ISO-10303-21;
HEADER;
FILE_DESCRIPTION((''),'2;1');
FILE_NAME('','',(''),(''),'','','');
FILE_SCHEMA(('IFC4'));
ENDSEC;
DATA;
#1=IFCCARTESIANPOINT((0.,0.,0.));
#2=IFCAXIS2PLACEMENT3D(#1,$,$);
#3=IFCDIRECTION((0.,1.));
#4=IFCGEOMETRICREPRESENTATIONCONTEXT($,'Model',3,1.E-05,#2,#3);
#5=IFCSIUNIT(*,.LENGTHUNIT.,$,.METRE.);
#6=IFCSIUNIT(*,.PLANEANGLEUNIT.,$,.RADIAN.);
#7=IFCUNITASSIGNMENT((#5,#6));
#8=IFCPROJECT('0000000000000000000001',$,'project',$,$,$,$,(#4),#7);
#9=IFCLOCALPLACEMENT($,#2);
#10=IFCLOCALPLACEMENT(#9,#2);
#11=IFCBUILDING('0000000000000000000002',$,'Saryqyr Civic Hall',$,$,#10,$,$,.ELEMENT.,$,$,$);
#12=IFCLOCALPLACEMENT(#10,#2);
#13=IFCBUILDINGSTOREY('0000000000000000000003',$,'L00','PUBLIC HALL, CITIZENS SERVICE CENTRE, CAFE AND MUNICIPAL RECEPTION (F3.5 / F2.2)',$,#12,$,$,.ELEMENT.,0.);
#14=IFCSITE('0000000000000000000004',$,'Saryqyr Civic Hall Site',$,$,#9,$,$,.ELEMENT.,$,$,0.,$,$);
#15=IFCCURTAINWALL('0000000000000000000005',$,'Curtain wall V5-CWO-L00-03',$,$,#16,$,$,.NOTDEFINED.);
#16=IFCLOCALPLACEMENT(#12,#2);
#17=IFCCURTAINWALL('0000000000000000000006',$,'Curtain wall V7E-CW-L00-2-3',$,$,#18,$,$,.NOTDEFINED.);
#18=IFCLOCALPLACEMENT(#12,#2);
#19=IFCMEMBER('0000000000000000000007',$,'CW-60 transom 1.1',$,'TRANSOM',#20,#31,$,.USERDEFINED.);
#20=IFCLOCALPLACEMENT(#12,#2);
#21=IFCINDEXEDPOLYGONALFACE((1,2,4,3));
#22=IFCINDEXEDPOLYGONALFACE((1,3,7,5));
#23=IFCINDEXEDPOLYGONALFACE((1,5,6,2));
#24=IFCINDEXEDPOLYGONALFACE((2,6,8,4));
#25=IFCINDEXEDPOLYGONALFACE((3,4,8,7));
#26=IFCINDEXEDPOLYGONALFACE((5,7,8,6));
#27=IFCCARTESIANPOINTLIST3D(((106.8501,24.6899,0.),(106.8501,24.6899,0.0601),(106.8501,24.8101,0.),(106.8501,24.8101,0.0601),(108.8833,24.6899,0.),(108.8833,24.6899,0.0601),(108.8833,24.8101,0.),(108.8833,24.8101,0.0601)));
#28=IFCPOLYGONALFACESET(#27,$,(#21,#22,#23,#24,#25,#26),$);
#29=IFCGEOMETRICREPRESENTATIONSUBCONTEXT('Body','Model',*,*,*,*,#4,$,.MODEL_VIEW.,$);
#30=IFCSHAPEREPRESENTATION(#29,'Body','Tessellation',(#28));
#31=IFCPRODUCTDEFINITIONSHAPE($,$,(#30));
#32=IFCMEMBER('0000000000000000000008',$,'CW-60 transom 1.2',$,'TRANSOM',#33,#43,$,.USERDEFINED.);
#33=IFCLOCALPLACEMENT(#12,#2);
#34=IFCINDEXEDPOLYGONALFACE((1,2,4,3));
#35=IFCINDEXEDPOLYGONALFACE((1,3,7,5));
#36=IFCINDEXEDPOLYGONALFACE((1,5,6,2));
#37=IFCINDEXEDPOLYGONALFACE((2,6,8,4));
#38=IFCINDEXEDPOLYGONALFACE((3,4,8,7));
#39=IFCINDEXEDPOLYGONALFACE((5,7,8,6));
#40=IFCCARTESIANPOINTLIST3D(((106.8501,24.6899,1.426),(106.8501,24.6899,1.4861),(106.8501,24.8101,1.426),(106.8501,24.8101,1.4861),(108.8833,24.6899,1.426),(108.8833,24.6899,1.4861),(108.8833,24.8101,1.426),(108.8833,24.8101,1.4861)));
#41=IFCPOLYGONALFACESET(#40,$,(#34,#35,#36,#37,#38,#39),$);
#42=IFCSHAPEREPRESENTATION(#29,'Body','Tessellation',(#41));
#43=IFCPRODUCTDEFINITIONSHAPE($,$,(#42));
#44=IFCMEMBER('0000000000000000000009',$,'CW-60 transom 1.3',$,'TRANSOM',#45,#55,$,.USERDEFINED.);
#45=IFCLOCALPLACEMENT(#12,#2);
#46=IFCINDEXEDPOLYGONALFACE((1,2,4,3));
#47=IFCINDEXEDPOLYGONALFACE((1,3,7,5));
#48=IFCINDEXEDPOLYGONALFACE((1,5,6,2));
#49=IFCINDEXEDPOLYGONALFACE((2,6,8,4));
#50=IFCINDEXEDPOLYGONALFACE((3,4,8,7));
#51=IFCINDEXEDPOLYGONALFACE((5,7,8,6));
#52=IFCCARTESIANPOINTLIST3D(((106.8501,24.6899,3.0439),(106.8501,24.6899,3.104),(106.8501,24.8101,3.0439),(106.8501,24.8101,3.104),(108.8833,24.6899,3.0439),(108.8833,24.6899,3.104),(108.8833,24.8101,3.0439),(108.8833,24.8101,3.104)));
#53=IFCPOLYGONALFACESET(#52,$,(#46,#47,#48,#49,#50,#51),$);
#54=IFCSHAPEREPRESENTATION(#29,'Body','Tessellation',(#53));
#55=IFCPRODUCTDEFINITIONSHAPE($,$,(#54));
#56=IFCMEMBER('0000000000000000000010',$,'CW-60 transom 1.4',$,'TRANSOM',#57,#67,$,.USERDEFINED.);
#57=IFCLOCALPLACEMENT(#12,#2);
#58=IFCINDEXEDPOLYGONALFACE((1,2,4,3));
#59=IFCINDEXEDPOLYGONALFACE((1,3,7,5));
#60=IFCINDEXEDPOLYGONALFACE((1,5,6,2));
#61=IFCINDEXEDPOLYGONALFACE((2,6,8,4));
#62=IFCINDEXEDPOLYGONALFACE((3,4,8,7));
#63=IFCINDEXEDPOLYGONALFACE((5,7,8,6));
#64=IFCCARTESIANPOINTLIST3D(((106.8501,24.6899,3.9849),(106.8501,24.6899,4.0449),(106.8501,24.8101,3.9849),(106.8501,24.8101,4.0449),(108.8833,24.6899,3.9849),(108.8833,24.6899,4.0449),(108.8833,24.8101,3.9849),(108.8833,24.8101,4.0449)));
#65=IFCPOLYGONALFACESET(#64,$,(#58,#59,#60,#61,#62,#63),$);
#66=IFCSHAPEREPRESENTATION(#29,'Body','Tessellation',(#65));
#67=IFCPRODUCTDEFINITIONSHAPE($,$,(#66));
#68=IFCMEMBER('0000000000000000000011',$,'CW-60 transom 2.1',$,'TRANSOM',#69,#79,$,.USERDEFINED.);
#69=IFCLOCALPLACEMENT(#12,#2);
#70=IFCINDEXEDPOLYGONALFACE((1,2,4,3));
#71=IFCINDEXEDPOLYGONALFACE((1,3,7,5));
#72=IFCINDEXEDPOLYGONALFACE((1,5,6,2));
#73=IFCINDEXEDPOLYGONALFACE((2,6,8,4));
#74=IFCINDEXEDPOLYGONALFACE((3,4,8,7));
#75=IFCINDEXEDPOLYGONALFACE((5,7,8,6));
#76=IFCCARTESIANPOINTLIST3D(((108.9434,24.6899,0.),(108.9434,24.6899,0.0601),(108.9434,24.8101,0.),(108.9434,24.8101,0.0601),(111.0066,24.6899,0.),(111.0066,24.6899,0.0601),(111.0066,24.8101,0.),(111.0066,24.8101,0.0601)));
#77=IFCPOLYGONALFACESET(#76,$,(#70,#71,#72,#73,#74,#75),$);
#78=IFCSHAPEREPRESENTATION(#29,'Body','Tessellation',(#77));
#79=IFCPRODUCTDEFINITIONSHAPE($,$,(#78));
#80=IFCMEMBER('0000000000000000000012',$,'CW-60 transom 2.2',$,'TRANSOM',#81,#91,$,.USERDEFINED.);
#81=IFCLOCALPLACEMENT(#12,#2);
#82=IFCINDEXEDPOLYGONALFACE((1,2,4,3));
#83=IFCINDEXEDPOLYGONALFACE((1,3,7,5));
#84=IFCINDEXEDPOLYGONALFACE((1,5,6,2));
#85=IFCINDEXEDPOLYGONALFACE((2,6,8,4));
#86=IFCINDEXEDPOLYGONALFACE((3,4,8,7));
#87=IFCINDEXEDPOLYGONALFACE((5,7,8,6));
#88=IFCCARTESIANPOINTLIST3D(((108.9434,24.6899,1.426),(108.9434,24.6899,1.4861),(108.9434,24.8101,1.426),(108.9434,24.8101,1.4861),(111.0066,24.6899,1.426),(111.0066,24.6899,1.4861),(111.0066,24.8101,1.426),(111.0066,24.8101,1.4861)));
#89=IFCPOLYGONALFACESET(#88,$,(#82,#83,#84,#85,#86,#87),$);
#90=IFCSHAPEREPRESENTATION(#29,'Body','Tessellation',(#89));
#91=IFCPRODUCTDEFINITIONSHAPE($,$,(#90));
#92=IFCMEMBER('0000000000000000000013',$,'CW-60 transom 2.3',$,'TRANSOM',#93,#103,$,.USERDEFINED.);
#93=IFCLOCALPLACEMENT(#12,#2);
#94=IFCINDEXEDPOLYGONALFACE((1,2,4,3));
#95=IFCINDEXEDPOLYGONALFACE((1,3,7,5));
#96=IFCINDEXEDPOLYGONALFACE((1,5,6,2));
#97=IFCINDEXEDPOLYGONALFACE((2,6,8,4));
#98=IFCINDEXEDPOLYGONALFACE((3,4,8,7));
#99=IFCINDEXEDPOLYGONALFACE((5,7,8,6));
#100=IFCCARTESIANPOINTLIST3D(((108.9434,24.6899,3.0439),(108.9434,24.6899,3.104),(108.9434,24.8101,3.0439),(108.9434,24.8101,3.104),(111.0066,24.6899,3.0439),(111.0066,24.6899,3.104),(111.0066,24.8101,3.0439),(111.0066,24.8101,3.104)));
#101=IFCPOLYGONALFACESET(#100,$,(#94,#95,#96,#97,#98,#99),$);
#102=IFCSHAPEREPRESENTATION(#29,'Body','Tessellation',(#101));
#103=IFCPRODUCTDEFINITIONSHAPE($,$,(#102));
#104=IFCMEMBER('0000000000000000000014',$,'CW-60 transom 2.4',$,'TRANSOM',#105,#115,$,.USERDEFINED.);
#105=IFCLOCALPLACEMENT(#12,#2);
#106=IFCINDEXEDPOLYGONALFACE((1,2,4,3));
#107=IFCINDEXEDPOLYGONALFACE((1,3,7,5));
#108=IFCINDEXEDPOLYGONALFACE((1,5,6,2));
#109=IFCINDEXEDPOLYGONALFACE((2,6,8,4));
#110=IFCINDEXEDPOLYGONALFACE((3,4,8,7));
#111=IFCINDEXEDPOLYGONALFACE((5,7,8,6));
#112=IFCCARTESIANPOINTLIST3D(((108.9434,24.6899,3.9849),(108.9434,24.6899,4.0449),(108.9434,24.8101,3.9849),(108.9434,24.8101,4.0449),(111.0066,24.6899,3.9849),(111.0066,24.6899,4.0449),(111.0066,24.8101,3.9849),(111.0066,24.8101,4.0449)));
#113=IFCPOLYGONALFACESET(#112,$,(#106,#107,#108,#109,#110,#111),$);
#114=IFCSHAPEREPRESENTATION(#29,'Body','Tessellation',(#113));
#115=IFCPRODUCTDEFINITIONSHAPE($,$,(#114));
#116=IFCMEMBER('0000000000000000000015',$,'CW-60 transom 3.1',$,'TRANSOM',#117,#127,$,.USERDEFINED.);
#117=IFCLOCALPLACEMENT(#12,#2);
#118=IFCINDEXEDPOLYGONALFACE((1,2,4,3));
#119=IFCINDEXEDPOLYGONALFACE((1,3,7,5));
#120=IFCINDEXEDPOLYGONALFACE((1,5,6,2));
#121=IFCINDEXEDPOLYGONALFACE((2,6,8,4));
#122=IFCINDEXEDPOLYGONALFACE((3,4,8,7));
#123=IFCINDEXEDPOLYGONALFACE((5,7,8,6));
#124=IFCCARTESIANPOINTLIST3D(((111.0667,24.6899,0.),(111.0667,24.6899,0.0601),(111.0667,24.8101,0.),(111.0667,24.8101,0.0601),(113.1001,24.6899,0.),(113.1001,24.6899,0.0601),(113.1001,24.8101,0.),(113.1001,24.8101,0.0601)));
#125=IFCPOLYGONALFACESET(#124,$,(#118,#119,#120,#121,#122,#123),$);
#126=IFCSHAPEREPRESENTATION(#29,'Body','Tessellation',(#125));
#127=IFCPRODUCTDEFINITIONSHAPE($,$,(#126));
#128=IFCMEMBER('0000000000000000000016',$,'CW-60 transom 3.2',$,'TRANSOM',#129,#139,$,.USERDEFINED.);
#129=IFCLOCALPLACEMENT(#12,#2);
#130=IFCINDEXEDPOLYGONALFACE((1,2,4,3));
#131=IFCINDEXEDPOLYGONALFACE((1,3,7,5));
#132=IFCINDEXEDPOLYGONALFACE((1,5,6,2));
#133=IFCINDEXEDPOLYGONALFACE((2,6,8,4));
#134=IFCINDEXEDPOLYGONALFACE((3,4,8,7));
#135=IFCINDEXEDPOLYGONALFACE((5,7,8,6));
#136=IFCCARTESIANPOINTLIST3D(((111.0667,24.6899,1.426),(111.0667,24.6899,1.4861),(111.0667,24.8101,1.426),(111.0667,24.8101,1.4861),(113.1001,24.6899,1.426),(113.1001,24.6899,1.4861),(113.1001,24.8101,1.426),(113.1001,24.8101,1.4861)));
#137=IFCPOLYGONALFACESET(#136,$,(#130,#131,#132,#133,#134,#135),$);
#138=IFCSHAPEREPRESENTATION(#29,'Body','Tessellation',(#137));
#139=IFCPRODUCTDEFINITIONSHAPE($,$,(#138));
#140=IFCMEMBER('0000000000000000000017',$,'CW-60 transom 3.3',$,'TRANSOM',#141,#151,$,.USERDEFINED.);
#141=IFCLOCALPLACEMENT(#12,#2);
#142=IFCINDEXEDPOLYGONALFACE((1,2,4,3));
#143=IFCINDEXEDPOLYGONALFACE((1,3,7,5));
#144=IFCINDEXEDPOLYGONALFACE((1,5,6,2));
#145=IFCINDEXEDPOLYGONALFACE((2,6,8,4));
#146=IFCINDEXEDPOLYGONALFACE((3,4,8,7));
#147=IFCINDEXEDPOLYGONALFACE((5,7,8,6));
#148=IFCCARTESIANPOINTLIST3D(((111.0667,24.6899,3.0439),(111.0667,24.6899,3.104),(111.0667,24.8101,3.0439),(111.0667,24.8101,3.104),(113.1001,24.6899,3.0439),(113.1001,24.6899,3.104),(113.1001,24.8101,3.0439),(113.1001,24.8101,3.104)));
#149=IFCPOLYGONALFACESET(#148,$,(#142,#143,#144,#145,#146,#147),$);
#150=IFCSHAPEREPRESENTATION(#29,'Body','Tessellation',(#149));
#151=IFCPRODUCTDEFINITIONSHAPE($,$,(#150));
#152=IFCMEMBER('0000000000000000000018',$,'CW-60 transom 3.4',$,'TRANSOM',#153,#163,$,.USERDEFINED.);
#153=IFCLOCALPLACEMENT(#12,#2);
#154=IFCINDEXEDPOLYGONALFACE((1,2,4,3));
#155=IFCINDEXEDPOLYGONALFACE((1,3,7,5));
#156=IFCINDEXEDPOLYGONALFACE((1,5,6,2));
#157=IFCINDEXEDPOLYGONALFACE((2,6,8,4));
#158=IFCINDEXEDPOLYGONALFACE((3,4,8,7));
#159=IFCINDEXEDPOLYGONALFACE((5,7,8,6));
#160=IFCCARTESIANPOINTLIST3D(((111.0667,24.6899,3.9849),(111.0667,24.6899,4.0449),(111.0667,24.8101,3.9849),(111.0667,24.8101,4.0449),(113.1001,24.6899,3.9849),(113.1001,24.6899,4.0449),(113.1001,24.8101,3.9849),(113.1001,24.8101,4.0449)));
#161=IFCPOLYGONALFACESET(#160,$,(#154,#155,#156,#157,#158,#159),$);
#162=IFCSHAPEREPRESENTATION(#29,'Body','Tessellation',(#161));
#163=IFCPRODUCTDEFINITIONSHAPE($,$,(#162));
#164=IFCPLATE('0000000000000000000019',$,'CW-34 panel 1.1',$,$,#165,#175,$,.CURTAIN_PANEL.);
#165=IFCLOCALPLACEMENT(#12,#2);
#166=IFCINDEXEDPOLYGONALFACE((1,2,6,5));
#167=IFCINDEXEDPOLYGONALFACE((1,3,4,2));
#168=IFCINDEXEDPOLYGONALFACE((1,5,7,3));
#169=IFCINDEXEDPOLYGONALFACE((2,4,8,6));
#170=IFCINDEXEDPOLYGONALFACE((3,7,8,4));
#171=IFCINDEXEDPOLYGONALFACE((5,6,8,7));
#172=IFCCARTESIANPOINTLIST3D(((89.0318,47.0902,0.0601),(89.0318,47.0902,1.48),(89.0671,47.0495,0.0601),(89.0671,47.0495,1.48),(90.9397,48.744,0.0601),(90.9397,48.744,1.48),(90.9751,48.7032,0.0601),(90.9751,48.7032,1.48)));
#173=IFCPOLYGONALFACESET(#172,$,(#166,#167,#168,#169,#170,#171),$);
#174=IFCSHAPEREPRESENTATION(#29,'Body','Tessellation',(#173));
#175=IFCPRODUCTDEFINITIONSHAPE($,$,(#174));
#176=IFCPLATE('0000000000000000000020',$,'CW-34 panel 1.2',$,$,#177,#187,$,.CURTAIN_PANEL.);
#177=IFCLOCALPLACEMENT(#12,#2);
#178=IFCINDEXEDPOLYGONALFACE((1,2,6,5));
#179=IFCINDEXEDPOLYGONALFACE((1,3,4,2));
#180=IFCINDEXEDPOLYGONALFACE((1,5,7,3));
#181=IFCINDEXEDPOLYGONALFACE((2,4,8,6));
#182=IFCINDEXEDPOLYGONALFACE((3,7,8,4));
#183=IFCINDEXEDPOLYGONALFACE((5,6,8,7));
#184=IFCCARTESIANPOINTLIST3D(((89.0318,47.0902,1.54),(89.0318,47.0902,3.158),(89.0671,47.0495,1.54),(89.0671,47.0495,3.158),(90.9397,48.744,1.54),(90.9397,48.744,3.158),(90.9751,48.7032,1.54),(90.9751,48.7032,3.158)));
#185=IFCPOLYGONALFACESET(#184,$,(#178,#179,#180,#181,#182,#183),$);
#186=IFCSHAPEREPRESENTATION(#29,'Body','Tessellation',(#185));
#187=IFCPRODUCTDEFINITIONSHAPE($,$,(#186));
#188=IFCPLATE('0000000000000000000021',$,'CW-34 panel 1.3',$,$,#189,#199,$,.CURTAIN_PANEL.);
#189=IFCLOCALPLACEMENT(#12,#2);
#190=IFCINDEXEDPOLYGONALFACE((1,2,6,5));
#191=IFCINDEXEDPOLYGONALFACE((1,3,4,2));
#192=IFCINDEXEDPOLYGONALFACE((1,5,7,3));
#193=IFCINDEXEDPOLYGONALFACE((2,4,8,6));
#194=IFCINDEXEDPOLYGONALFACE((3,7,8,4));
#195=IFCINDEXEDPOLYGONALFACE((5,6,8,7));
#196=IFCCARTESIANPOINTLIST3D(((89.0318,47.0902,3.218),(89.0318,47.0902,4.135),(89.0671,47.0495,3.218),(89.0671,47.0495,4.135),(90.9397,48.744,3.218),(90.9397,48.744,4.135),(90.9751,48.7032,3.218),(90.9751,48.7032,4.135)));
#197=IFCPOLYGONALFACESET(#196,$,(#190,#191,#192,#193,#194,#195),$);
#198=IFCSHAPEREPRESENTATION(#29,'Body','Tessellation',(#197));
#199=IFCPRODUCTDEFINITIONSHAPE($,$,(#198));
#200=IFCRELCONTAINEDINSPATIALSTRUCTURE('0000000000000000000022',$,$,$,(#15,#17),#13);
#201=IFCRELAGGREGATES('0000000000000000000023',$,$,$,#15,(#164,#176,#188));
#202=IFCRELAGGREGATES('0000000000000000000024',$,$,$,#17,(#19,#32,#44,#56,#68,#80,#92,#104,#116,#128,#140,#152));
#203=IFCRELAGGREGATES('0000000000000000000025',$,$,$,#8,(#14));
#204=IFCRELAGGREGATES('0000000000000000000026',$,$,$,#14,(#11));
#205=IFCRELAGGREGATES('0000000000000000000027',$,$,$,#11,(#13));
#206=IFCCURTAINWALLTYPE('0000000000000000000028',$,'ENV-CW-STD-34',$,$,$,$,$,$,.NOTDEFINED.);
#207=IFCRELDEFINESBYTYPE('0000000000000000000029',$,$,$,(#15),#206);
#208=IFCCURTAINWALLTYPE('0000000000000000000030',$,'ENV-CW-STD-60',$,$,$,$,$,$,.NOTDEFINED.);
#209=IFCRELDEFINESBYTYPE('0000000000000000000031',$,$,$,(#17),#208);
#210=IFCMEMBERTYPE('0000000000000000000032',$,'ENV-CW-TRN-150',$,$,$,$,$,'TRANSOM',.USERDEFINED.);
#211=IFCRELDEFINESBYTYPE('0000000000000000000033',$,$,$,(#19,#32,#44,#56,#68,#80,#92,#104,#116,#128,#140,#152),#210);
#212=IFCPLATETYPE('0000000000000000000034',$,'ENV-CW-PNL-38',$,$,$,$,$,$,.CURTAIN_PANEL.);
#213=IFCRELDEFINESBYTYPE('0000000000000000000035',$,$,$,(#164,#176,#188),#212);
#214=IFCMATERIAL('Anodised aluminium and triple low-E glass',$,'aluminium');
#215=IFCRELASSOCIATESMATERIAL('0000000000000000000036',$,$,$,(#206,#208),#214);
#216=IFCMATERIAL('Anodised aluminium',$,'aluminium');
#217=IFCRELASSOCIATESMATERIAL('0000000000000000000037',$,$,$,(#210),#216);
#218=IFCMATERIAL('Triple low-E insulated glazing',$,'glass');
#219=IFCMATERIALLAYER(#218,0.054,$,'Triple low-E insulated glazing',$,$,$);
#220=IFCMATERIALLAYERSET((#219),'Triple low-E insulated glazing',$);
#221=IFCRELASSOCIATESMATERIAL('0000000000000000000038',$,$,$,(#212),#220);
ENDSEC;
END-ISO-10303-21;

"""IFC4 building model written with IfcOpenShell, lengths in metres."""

from ifc_helpers import new_model, si_unit, direction, frame, origin, origin_2d, place, context, subcontext, project, spatial, rectangle, extrude, material, layer, layer_set, material_profile, profile_set, type_object, element, aggregate, save


model = new_model("IFC4")

# Units and contexts
model_context = context("Model", 3, precision=1e-05, world=origin(), true_north=direction((0.0, 1.0)))
body_context = subcontext(model_context, "Body", "Model", "MODEL_VIEW")
ifc_project = project(units=[si_unit("LENGTHUNIT", "METRE"), si_unit("PLANEANGLEUNIT", "RADIAN")], contexts=[model_context])

# Site, building, storey
site_placement = place(None, origin())
site = spatial("IfcSite", under=ifc_project, at=site_placement, Name="Saryqyr Civic Hall Site", CompositionType="ELEMENT", RefElevation=0.0)
building_placement = place(site_placement, origin())
building = spatial("IfcBuilding", under=site, at=building_placement, Name="Saryqyr Civic Hall", CompositionType="ELEMENT")
storey_placement = place(building_placement, origin())
storey = spatial("IfcBuildingStorey", under=building, at=storey_placement, Name="L00", Description="PUBLIC HALL, CITIZENS SERVICE CENTRE, CAFE AND MUNICIPAL RECEPTION (F3.5 / F2.2)", CompositionType="ELEMENT", Elevation=0.0)

# Curtain walls
ifc_material_1 = material(Name="Anodised aluminium and triple low-E glass", Category="aluminium")
curtain_wall_type_1 = type_object("IfcCurtainWallType", Name="ENV-CW-STD-34", PredefinedType="NOTDEFINED", material=ifc_material_1)
curtain_wall_1_placement = place(storey_placement, origin())
curtain_wall_1 = element("IfcCurtainWall", 1, at=curtain_wall_1_placement, inside=storey, type_object=curtain_wall_type_1, Name="Curtain wall V5-CWO-L00-03", PredefinedType="NOTDEFINED")
ifc_material_2 = material(Name="Anodised aluminium", Category="aluminium")
curtain_wall_type_2 = type_object("IfcCurtainWallType", Name="ENV-CW-STD-60", PredefinedType="NOTDEFINED", material=ifc_material_1)
curtain_wall_2_placement = place(storey_placement, origin())
curtain_wall_2 = element("IfcCurtainWall", 2, at=curtain_wall_2_placement, inside=storey, type_object=curtain_wall_type_2, Name="Curtain wall V7E-CW-L00-2-3", PredefinedType="NOTDEFINED")

# Members
ifc_material_profile_1 = material_profile(ifc_material_2, rectangle(XDim=0.1201, YDim=0.0601, at=origin_2d()), Name="ALU TRANSOM 120x60")
ifc_profile_set_1 = profile_set([ifc_material_profile_1], Name="Anodised aluminium")
member_type_1 = type_object("IfcMemberType", Name="ENV-CW-TRN-150", ElementType="TRANSOM", PredefinedType="USERDEFINED", material=ifc_profile_set_1)
member_1_placement = place(storey_placement, frame((106.8501, 24.75, 0.03), z_axis=(1.0, 0.0, 0.0), x_axis=(0.0, 1.0, 0.0)))
member_1 = element("IfcMember", 3, at=member_1_placement, type_object=member_type_1, Name="CW-60 transom 1.1", ObjectType="TRANSOM", PredefinedType="USERDEFINED", context=body_context, shape_type="SweptSolid", body=[
    extrude(rectangle(XDim=0.1201, YDim=0.0601, at=origin_2d()), origin(), (0.0, 0.0, 1.0), 2.0332),
])
member_2_placement = place(storey_placement, frame((106.8501, 24.75, 1.4561), z_axis=(1.0, 0.0, 0.0), x_axis=(0.0, 1.0, 0.0)))
member_2 = element("IfcMember", 4, at=member_2_placement, type_object=member_type_1, Name="CW-60 transom 1.2", ObjectType="TRANSOM", PredefinedType="USERDEFINED", context=body_context, shape_type="SweptSolid", body=[
    extrude(rectangle(XDim=0.1201, YDim=0.0601, at=origin_2d()), origin(), (0.0, 0.0, 1.0), 2.0332),
])
member_3_placement = place(storey_placement, frame((106.8501, 24.75, 3.074), z_axis=(1.0, 0.0, 0.0), x_axis=(0.0, 1.0, 0.0)))
member_3 = element("IfcMember", 5, at=member_3_placement, type_object=member_type_1, Name="CW-60 transom 1.3", ObjectType="TRANSOM", PredefinedType="USERDEFINED", context=body_context, shape_type="SweptSolid", body=[
    extrude(rectangle(XDim=0.1201, YDim=0.0601, at=origin_2d()), origin(), (0.0, 0.0, 1.0), 2.0332),
])
member_4_placement = place(storey_placement, frame((106.8501, 24.75, 4.0149), z_axis=(1.0, 0.0, 0.0), x_axis=(0.0, 1.0, 0.0)))
member_4 = element("IfcMember", 6, at=member_4_placement, type_object=member_type_1, Name="CW-60 transom 1.4", ObjectType="TRANSOM", PredefinedType="USERDEFINED", context=body_context, shape_type="SweptSolid", body=[
    extrude(rectangle(XDim=0.1201, YDim=0.0601, at=origin_2d()), origin(), (0.0, 0.0, 1.0), 2.0332),
])
member_5_placement = place(storey_placement, frame((108.9434, 24.75, 0.03), z_axis=(1.0, 0.0, 0.0), x_axis=(0.0, 1.0, 0.0)))
member_5 = element("IfcMember", 7, at=member_5_placement, type_object=member_type_1, Name="CW-60 transom 2.1", ObjectType="TRANSOM", PredefinedType="USERDEFINED", context=body_context, shape_type="SweptSolid", body=[
    extrude(rectangle(XDim=0.1201, YDim=0.0601, at=origin_2d()), origin(), (0.0, 0.0, 1.0), 2.0632),
])
member_6_placement = place(storey_placement, frame((108.9434, 24.75, 1.4561), z_axis=(1.0, 0.0, 0.0), x_axis=(0.0, 1.0, 0.0)))
member_6 = element("IfcMember", 8, at=member_6_placement, type_object=member_type_1, Name="CW-60 transom 2.2", ObjectType="TRANSOM", PredefinedType="USERDEFINED", context=body_context, shape_type="SweptSolid", body=[
    extrude(rectangle(XDim=0.1201, YDim=0.0601, at=origin_2d()), origin(), (0.0, 0.0, 1.0), 2.0632),
])
member_7_placement = place(storey_placement, frame((108.9434, 24.75, 3.074), z_axis=(1.0, 0.0, 0.0), x_axis=(0.0, 1.0, 0.0)))
member_7 = element("IfcMember", 9, at=member_7_placement, type_object=member_type_1, Name="CW-60 transom 2.3", ObjectType="TRANSOM", PredefinedType="USERDEFINED", context=body_context, shape_type="SweptSolid", body=[
    extrude(rectangle(XDim=0.1201, YDim=0.0601, at=origin_2d()), origin(), (0.0, 0.0, 1.0), 2.0632),
])
member_8_placement = place(storey_placement, frame((108.9434, 24.75, 4.0149), z_axis=(1.0, 0.0, 0.0), x_axis=(0.0, 1.0, 0.0)))
member_8 = element("IfcMember", 10, at=member_8_placement, type_object=member_type_1, Name="CW-60 transom 2.4", ObjectType="TRANSOM", PredefinedType="USERDEFINED", context=body_context, shape_type="SweptSolid", body=[
    extrude(rectangle(XDim=0.1201, YDim=0.0601, at=origin_2d()), origin(), (0.0, 0.0, 1.0), 2.0632),
])
member_9_placement = place(storey_placement, frame((111.0667, 24.75, 0.03), z_axis=(1.0, 0.0, 0.0), x_axis=(0.0, 1.0, 0.0)))
member_9 = element("IfcMember", 11, at=member_9_placement, type_object=member_type_1, Name="CW-60 transom 3.1", ObjectType="TRANSOM", PredefinedType="USERDEFINED", context=body_context, shape_type="SweptSolid", body=[
    extrude(rectangle(XDim=0.1201, YDim=0.0601, at=origin_2d()), origin(), (0.0, 0.0, 1.0), 2.0334),
])
member_10_placement = place(storey_placement, frame((111.0667, 24.75, 1.4561), z_axis=(1.0, 0.0, 0.0), x_axis=(0.0, 1.0, 0.0)))
member_10 = element("IfcMember", 12, at=member_10_placement, type_object=member_type_1, Name="CW-60 transom 3.2", ObjectType="TRANSOM", PredefinedType="USERDEFINED", context=body_context, shape_type="SweptSolid", body=[
    extrude(rectangle(XDim=0.1201, YDim=0.0601, at=origin_2d()), origin(), (0.0, 0.0, 1.0), 2.0334),
])
member_11_placement = place(storey_placement, frame((111.0667, 24.75, 3.074), z_axis=(1.0, 0.0, 0.0), x_axis=(0.0, 1.0, 0.0)))
member_11 = element("IfcMember", 13, at=member_11_placement, type_object=member_type_1, Name="CW-60 transom 3.3", ObjectType="TRANSOM", PredefinedType="USERDEFINED", context=body_context, shape_type="SweptSolid", body=[
    extrude(rectangle(XDim=0.1201, YDim=0.0601, at=origin_2d()), origin(), (0.0, 0.0, 1.0), 2.0334),
])
member_12_placement = place(storey_placement, frame((111.0667, 24.75, 4.0149), z_axis=(1.0, 0.0, 0.0), x_axis=(0.0, 1.0, 0.0)))
member_12 = element("IfcMember", 14, at=member_12_placement, type_object=member_type_1, Name="CW-60 transom 3.4", ObjectType="TRANSOM", PredefinedType="USERDEFINED", context=body_context, shape_type="SweptSolid", body=[
    extrude(rectangle(XDim=0.1201, YDim=0.0601, at=origin_2d()), origin(), (0.0, 0.0, 1.0), 2.0334),
])

# Plates
ifc_material_3 = material(Name="Triple low-E insulated glazing", Category="glass")
ifc_layer_1 = layer(ifc_material_3, 0.054, Name="Triple low-E insulated glazing")
ifc_layer_set_1 = layer_set([ifc_layer_1], Name="Triple low-E insulated glazing")
plate_type = type_object("IfcPlateType", Name="ENV-CW-PNL-38", PredefinedType="CURTAIN_PANEL", material=ifc_layer_set_1)
plate_1_placement = place(storey_placement, frame((90.0034, 47.8967, 0.0601), z_axis=(0.0, 0.0, 1.0), x_axis=(-0.755656, -0.654968, 0.0)))
plate_1 = element("IfcPlate", 15, at=plate_1_placement, type_object=plate_type, Name="CW-34 panel 1.1", PredefinedType="CURTAIN_PANEL", context=body_context, shape_type="SweptSolid", body=[
    extrude(rectangle(XDim=2.5249, YDim=0.054, at=origin_2d()), origin(), (0.0, 0.0, 1.0), 1.4199),
])
plate_2_placement = place(storey_placement, frame((90.0034, 47.8967, 1.54), z_axis=(0.0, 0.0, 1.0), x_axis=(-0.755656, -0.654968, 0.0)))
plate_2 = element("IfcPlate", 16, at=plate_2_placement, type_object=plate_type, Name="CW-34 panel 1.2", PredefinedType="CURTAIN_PANEL", context=body_context, shape_type="SweptSolid", body=[
    extrude(rectangle(XDim=2.5249, YDim=0.054, at=origin_2d()), origin(), (0.0, 0.0, 1.0), 1.6179),
])
plate_3_placement = place(storey_placement, frame((90.0034, 47.8967, 3.218), z_axis=(0.0, 0.0, 1.0), x_axis=(-0.755656, -0.654968, 0.0)))
plate_3 = element("IfcPlate", 17, at=plate_3_placement, type_object=plate_type, Name="CW-34 panel 1.3", PredefinedType="CURTAIN_PANEL", context=body_context, shape_type="SweptSolid", body=[
    extrude(rectangle(XDim=2.5249, YDim=0.054, at=origin_2d()), origin(), (0.0, 0.0, 1.0), 0.917),
])
aggregate(curtain_wall_1, [plate_1, plate_2, plate_3])
aggregate(curtain_wall_2, [member_1, member_2, member_3, member_4, member_5, member_6, member_7, member_8, member_9, member_10, member_11, member_12])

save(model, "model.ifc")
